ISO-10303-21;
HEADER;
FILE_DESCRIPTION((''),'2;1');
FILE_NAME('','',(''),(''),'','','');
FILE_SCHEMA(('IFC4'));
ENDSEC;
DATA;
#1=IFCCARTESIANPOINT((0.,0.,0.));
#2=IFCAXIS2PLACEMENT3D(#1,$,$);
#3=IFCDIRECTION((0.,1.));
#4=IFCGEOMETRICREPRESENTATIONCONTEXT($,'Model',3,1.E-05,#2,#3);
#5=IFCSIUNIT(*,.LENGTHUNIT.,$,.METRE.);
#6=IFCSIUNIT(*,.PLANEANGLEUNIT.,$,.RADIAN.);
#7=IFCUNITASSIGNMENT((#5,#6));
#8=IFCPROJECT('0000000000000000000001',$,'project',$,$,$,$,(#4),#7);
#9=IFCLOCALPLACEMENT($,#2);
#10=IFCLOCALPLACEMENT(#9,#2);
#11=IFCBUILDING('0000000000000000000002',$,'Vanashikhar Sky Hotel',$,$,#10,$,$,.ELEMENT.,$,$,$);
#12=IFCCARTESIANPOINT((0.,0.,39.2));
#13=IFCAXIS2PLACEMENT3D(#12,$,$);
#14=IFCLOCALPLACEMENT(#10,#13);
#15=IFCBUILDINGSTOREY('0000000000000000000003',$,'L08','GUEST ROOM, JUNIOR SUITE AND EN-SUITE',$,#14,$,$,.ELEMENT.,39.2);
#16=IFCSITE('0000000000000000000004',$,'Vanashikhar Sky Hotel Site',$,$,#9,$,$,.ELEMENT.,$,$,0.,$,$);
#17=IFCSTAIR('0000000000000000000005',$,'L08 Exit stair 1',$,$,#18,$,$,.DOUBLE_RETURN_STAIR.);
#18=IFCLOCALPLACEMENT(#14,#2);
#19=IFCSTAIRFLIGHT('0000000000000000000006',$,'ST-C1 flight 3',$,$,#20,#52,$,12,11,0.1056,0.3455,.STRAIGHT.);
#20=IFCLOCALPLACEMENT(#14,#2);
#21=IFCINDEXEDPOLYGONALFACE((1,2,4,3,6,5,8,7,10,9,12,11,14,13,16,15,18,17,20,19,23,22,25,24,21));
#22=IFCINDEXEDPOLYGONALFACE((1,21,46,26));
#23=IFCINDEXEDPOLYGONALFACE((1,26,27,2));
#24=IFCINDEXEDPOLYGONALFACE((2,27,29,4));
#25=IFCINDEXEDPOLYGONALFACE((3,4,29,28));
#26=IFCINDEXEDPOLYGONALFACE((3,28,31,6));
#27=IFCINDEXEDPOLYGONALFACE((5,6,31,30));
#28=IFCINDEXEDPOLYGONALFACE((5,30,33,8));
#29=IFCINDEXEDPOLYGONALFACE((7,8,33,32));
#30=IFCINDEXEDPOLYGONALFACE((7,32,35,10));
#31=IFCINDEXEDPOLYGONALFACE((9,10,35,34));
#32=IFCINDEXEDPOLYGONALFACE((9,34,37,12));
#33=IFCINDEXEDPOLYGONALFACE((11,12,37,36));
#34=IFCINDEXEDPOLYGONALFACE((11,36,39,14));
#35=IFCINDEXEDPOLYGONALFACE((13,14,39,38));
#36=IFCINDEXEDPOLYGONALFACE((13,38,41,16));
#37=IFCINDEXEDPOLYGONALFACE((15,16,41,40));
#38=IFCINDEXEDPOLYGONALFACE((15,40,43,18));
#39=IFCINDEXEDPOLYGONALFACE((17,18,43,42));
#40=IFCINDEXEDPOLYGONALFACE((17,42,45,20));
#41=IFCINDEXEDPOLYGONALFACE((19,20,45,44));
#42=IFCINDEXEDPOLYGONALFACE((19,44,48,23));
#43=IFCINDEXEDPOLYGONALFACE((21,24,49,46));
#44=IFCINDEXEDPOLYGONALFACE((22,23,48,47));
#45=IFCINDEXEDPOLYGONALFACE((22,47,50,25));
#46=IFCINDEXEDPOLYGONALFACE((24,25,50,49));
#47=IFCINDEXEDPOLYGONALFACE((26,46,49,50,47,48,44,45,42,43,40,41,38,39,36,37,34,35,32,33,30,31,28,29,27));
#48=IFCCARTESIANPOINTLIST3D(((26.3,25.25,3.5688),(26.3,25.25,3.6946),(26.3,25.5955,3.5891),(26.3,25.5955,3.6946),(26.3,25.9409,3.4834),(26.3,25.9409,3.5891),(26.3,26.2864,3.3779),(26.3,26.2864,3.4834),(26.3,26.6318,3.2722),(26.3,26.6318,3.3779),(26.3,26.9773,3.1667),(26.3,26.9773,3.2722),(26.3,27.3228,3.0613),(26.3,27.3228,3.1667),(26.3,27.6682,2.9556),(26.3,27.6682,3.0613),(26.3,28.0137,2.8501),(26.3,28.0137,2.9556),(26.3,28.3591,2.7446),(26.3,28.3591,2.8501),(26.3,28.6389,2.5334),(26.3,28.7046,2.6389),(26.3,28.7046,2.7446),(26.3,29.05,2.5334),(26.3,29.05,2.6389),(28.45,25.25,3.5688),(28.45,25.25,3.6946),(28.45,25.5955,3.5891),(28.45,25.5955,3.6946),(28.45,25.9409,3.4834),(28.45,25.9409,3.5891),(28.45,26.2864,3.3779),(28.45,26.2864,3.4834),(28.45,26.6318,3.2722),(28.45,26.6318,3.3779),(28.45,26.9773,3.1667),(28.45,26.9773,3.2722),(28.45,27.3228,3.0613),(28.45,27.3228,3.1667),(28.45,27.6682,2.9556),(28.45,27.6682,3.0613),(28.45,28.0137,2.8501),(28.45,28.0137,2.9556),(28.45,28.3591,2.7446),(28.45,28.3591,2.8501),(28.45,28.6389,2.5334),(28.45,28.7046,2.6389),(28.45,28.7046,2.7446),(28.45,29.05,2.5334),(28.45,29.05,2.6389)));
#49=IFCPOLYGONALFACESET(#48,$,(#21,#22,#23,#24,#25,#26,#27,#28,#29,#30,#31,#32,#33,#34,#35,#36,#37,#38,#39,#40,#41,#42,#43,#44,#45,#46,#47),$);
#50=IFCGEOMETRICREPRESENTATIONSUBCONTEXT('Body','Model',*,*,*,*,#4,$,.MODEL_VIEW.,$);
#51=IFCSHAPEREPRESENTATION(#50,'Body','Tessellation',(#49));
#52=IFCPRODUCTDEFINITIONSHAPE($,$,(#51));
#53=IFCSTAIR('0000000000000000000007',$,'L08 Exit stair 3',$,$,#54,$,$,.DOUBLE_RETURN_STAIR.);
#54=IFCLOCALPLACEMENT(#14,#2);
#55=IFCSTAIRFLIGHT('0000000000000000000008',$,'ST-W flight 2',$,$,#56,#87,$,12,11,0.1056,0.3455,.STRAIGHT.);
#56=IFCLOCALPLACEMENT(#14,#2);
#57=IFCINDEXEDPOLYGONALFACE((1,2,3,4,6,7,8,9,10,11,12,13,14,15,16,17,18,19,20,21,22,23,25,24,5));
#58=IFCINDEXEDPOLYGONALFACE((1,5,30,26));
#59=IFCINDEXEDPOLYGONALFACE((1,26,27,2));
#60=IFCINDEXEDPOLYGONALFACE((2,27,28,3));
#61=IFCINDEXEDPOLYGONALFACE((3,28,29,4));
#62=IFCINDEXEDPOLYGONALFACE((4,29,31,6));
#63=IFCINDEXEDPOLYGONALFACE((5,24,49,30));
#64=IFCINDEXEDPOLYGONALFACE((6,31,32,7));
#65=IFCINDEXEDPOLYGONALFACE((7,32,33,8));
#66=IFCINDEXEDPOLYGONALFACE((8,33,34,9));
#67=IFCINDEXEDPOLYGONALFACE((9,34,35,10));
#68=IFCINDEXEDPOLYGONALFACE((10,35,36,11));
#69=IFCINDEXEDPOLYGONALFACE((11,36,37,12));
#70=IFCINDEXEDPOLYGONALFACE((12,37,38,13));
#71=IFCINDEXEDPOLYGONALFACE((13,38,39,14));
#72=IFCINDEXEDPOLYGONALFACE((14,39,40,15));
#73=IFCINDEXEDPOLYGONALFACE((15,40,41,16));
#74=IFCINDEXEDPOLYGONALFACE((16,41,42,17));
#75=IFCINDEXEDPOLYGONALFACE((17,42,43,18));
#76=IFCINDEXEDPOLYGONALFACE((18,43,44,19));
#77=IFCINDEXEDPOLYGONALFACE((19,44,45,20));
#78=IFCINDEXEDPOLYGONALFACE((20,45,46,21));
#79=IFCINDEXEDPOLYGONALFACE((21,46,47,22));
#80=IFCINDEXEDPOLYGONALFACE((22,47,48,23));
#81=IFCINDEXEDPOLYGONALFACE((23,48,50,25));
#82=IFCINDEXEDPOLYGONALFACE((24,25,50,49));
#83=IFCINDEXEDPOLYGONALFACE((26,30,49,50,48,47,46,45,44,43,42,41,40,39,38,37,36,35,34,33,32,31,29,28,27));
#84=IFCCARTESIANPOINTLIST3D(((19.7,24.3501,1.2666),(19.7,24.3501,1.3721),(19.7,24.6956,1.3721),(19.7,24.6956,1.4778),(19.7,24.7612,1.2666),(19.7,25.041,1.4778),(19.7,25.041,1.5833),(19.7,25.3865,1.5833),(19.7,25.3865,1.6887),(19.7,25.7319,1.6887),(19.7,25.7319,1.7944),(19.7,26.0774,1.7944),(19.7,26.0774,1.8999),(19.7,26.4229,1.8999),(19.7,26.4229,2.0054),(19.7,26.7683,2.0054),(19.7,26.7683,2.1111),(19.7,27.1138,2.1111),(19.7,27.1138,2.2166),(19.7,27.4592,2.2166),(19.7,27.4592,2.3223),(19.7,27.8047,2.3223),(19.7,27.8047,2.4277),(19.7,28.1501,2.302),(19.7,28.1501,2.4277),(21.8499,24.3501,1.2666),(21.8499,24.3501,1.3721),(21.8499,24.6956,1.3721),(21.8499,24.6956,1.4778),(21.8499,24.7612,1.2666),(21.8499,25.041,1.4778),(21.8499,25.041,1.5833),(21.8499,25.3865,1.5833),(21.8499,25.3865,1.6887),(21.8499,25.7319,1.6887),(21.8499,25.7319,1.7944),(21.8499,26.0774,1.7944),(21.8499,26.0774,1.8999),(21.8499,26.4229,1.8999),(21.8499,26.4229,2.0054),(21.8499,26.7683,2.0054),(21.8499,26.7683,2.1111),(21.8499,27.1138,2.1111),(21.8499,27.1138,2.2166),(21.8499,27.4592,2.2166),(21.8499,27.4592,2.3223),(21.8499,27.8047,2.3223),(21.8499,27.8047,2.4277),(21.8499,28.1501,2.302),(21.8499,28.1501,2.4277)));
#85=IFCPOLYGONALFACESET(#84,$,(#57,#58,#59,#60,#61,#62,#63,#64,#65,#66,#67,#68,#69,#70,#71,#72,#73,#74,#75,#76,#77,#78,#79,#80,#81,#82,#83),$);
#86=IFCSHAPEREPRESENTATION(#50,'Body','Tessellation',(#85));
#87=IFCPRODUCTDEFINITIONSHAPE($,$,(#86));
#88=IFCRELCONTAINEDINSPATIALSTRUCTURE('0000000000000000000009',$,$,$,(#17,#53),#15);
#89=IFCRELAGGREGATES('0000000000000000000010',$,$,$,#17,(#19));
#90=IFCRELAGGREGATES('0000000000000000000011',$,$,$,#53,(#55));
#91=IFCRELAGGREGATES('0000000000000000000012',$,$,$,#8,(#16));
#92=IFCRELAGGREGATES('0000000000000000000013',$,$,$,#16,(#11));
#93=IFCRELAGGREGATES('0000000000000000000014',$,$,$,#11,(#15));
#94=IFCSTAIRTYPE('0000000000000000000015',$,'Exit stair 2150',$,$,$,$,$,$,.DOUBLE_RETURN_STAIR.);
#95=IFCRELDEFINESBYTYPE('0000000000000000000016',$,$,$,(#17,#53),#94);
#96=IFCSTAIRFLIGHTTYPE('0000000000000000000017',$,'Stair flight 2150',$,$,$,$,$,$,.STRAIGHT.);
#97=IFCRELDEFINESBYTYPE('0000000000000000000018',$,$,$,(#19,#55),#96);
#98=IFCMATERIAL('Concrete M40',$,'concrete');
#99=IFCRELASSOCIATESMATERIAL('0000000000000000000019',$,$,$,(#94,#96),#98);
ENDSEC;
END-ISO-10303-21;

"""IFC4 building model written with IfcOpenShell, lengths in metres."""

from ifc_helpers import new_model, si_unit, direction, frame, origin, place, context, subcontext, project, spatial, polyline, outline, extrude, source, transform, mapped, material, type_object, element, aggregate, save


model = new_model("IFC4")

# Units and contexts
model_context = context("Model", 3, precision=1e-05, world=origin(), true_north=direction((0.0, 1.0)))
body_context = subcontext(model_context, "Body", "Model", "MODEL_VIEW")
ifc_project = project(units=[si_unit("LENGTHUNIT", "METRE"), si_unit("PLANEANGLEUNIT", "RADIAN")], contexts=[model_context])

# Site, building, storey
site_placement = place(None, origin())
site = spatial("IfcSite", under=ifc_project, at=site_placement, Name="Vanashikhar Sky Hotel Site", CompositionType="ELEMENT", RefElevation=0.0)
building_placement = place(site_placement, origin())
building = spatial("IfcBuilding", under=site, at=building_placement, Name="Vanashikhar Sky Hotel", CompositionType="ELEMENT")
storey_placement = place(building_placement, frame((0.0, 0.0, 39.2)))
storey = spatial("IfcBuildingStorey", under=building, at=storey_placement, Name="L08", Description="GUEST ROOM, JUNIOR SUITE AND EN-SUITE", CompositionType="ELEMENT", Elevation=39.2)

# Stair, stair flight
ifc_material_1 = material(Name="Concrete M40", Category="concrete")
stair_type = type_object("IfcStairType", Name="Exit stair 2150", PredefinedType="DOUBLE_RETURN_STAIR", material=ifc_material_1)
stair_1_placement = place(storey_placement, origin())
stair_1 = element("IfcStair", 1, at=stair_1_placement, inside=storey, type_object=stair_type, Name="L08 Exit stair 1", PredefinedType="DOUBLE_RETURN_STAIR")
stair_flight_type = type_object("IfcStairFlightType", Name="Stair flight 2150", PredefinedType="STRAIGHT", material=ifc_material_1)
shared_shape_1 = source(origin(), body_context, "Body", "SweptSolid", [
    extrude(outline(polyline([(0.0, 0.0), (0.0, 0.1055), (0.3455, 0.1055), (0.3455, 0.2112), (0.6909, 0.2112), (0.6909, 0.3167), (1.0364, 0.3167), (1.0364, 0.4221), (1.3818, 0.4221), (1.3818, 0.5278), (1.7273, 0.5278), (1.7273, 0.6333), (2.0728, 0.6333), (2.0728, 0.7388), (2.4182, 0.7388), (2.4182, 0.8445), (2.7637, 0.8445), (2.7637, 0.95), (3.1091, 0.95), (3.1091, 1.0557), (3.4546, 1.0557), (3.4546, 1.1611), (3.8, 1.1611), (3.8, 1.2666), (3.8, 1.0354), (0.4111, 0.0), (0.0, 0.0)])), frame((0.0, 1.075, 0.0), z_axis=(0.0, -1.0, 0.0), x_axis=(1.0, 0.0, 0.0)), (0.0, 0.0, 1.0), 2.1499),
])
stair_flight_1_placement = place(storey_placement, frame((27.375, 29.05, 2.5334), z_axis=(0.0, 0.0, 1.0), x_axis=(0.0, -1.0, 0.0)))
stair_flight_1 = element("IfcStairFlight", 2, at=stair_flight_1_placement, type_object=stair_flight_type, Name="ST-C1 flight 3", NumberOfRisers=12, NumberOfTreads=11, PredefinedType="STRAIGHT", RiserHeight=0.1056, TreadLength=0.3455, context=body_context, shape_type="MappedRepresentation", body=[
    mapped(shared_shape_1, transform((0.0, 0.0, 0.0), scale=1.0)),
])
aggregate(stair_1, [stair_flight_1])

# Stair, stair flight
stair_2_placement = place(storey_placement, origin())
stair_2 = element("IfcStair", 3, at=stair_2_placement, inside=storey, type_object=stair_type, Name="L08 Exit stair 3", PredefinedType="DOUBLE_RETURN_STAIR")
stair_flight_2_placement = place(storey_placement, frame((20.7749, 24.3501, 1.2666), z_axis=(0.0, 0.0, 1.0), x_axis=(0.0, 1.0, 0.0)))
stair_flight_2 = element("IfcStairFlight", 4, at=stair_flight_2_placement, type_object=stair_flight_type, Name="ST-W flight 2", NumberOfRisers=12, NumberOfTreads=11, PredefinedType="STRAIGHT", RiserHeight=0.1056, TreadLength=0.3455, context=body_context, shape_type="MappedRepresentation", body=[
    mapped(shared_shape_1, transform((0.0, 0.0, 0.0), scale=1.0)),
])
aggregate(stair_2, [stair_flight_2])

save(model, "model.ifc")
